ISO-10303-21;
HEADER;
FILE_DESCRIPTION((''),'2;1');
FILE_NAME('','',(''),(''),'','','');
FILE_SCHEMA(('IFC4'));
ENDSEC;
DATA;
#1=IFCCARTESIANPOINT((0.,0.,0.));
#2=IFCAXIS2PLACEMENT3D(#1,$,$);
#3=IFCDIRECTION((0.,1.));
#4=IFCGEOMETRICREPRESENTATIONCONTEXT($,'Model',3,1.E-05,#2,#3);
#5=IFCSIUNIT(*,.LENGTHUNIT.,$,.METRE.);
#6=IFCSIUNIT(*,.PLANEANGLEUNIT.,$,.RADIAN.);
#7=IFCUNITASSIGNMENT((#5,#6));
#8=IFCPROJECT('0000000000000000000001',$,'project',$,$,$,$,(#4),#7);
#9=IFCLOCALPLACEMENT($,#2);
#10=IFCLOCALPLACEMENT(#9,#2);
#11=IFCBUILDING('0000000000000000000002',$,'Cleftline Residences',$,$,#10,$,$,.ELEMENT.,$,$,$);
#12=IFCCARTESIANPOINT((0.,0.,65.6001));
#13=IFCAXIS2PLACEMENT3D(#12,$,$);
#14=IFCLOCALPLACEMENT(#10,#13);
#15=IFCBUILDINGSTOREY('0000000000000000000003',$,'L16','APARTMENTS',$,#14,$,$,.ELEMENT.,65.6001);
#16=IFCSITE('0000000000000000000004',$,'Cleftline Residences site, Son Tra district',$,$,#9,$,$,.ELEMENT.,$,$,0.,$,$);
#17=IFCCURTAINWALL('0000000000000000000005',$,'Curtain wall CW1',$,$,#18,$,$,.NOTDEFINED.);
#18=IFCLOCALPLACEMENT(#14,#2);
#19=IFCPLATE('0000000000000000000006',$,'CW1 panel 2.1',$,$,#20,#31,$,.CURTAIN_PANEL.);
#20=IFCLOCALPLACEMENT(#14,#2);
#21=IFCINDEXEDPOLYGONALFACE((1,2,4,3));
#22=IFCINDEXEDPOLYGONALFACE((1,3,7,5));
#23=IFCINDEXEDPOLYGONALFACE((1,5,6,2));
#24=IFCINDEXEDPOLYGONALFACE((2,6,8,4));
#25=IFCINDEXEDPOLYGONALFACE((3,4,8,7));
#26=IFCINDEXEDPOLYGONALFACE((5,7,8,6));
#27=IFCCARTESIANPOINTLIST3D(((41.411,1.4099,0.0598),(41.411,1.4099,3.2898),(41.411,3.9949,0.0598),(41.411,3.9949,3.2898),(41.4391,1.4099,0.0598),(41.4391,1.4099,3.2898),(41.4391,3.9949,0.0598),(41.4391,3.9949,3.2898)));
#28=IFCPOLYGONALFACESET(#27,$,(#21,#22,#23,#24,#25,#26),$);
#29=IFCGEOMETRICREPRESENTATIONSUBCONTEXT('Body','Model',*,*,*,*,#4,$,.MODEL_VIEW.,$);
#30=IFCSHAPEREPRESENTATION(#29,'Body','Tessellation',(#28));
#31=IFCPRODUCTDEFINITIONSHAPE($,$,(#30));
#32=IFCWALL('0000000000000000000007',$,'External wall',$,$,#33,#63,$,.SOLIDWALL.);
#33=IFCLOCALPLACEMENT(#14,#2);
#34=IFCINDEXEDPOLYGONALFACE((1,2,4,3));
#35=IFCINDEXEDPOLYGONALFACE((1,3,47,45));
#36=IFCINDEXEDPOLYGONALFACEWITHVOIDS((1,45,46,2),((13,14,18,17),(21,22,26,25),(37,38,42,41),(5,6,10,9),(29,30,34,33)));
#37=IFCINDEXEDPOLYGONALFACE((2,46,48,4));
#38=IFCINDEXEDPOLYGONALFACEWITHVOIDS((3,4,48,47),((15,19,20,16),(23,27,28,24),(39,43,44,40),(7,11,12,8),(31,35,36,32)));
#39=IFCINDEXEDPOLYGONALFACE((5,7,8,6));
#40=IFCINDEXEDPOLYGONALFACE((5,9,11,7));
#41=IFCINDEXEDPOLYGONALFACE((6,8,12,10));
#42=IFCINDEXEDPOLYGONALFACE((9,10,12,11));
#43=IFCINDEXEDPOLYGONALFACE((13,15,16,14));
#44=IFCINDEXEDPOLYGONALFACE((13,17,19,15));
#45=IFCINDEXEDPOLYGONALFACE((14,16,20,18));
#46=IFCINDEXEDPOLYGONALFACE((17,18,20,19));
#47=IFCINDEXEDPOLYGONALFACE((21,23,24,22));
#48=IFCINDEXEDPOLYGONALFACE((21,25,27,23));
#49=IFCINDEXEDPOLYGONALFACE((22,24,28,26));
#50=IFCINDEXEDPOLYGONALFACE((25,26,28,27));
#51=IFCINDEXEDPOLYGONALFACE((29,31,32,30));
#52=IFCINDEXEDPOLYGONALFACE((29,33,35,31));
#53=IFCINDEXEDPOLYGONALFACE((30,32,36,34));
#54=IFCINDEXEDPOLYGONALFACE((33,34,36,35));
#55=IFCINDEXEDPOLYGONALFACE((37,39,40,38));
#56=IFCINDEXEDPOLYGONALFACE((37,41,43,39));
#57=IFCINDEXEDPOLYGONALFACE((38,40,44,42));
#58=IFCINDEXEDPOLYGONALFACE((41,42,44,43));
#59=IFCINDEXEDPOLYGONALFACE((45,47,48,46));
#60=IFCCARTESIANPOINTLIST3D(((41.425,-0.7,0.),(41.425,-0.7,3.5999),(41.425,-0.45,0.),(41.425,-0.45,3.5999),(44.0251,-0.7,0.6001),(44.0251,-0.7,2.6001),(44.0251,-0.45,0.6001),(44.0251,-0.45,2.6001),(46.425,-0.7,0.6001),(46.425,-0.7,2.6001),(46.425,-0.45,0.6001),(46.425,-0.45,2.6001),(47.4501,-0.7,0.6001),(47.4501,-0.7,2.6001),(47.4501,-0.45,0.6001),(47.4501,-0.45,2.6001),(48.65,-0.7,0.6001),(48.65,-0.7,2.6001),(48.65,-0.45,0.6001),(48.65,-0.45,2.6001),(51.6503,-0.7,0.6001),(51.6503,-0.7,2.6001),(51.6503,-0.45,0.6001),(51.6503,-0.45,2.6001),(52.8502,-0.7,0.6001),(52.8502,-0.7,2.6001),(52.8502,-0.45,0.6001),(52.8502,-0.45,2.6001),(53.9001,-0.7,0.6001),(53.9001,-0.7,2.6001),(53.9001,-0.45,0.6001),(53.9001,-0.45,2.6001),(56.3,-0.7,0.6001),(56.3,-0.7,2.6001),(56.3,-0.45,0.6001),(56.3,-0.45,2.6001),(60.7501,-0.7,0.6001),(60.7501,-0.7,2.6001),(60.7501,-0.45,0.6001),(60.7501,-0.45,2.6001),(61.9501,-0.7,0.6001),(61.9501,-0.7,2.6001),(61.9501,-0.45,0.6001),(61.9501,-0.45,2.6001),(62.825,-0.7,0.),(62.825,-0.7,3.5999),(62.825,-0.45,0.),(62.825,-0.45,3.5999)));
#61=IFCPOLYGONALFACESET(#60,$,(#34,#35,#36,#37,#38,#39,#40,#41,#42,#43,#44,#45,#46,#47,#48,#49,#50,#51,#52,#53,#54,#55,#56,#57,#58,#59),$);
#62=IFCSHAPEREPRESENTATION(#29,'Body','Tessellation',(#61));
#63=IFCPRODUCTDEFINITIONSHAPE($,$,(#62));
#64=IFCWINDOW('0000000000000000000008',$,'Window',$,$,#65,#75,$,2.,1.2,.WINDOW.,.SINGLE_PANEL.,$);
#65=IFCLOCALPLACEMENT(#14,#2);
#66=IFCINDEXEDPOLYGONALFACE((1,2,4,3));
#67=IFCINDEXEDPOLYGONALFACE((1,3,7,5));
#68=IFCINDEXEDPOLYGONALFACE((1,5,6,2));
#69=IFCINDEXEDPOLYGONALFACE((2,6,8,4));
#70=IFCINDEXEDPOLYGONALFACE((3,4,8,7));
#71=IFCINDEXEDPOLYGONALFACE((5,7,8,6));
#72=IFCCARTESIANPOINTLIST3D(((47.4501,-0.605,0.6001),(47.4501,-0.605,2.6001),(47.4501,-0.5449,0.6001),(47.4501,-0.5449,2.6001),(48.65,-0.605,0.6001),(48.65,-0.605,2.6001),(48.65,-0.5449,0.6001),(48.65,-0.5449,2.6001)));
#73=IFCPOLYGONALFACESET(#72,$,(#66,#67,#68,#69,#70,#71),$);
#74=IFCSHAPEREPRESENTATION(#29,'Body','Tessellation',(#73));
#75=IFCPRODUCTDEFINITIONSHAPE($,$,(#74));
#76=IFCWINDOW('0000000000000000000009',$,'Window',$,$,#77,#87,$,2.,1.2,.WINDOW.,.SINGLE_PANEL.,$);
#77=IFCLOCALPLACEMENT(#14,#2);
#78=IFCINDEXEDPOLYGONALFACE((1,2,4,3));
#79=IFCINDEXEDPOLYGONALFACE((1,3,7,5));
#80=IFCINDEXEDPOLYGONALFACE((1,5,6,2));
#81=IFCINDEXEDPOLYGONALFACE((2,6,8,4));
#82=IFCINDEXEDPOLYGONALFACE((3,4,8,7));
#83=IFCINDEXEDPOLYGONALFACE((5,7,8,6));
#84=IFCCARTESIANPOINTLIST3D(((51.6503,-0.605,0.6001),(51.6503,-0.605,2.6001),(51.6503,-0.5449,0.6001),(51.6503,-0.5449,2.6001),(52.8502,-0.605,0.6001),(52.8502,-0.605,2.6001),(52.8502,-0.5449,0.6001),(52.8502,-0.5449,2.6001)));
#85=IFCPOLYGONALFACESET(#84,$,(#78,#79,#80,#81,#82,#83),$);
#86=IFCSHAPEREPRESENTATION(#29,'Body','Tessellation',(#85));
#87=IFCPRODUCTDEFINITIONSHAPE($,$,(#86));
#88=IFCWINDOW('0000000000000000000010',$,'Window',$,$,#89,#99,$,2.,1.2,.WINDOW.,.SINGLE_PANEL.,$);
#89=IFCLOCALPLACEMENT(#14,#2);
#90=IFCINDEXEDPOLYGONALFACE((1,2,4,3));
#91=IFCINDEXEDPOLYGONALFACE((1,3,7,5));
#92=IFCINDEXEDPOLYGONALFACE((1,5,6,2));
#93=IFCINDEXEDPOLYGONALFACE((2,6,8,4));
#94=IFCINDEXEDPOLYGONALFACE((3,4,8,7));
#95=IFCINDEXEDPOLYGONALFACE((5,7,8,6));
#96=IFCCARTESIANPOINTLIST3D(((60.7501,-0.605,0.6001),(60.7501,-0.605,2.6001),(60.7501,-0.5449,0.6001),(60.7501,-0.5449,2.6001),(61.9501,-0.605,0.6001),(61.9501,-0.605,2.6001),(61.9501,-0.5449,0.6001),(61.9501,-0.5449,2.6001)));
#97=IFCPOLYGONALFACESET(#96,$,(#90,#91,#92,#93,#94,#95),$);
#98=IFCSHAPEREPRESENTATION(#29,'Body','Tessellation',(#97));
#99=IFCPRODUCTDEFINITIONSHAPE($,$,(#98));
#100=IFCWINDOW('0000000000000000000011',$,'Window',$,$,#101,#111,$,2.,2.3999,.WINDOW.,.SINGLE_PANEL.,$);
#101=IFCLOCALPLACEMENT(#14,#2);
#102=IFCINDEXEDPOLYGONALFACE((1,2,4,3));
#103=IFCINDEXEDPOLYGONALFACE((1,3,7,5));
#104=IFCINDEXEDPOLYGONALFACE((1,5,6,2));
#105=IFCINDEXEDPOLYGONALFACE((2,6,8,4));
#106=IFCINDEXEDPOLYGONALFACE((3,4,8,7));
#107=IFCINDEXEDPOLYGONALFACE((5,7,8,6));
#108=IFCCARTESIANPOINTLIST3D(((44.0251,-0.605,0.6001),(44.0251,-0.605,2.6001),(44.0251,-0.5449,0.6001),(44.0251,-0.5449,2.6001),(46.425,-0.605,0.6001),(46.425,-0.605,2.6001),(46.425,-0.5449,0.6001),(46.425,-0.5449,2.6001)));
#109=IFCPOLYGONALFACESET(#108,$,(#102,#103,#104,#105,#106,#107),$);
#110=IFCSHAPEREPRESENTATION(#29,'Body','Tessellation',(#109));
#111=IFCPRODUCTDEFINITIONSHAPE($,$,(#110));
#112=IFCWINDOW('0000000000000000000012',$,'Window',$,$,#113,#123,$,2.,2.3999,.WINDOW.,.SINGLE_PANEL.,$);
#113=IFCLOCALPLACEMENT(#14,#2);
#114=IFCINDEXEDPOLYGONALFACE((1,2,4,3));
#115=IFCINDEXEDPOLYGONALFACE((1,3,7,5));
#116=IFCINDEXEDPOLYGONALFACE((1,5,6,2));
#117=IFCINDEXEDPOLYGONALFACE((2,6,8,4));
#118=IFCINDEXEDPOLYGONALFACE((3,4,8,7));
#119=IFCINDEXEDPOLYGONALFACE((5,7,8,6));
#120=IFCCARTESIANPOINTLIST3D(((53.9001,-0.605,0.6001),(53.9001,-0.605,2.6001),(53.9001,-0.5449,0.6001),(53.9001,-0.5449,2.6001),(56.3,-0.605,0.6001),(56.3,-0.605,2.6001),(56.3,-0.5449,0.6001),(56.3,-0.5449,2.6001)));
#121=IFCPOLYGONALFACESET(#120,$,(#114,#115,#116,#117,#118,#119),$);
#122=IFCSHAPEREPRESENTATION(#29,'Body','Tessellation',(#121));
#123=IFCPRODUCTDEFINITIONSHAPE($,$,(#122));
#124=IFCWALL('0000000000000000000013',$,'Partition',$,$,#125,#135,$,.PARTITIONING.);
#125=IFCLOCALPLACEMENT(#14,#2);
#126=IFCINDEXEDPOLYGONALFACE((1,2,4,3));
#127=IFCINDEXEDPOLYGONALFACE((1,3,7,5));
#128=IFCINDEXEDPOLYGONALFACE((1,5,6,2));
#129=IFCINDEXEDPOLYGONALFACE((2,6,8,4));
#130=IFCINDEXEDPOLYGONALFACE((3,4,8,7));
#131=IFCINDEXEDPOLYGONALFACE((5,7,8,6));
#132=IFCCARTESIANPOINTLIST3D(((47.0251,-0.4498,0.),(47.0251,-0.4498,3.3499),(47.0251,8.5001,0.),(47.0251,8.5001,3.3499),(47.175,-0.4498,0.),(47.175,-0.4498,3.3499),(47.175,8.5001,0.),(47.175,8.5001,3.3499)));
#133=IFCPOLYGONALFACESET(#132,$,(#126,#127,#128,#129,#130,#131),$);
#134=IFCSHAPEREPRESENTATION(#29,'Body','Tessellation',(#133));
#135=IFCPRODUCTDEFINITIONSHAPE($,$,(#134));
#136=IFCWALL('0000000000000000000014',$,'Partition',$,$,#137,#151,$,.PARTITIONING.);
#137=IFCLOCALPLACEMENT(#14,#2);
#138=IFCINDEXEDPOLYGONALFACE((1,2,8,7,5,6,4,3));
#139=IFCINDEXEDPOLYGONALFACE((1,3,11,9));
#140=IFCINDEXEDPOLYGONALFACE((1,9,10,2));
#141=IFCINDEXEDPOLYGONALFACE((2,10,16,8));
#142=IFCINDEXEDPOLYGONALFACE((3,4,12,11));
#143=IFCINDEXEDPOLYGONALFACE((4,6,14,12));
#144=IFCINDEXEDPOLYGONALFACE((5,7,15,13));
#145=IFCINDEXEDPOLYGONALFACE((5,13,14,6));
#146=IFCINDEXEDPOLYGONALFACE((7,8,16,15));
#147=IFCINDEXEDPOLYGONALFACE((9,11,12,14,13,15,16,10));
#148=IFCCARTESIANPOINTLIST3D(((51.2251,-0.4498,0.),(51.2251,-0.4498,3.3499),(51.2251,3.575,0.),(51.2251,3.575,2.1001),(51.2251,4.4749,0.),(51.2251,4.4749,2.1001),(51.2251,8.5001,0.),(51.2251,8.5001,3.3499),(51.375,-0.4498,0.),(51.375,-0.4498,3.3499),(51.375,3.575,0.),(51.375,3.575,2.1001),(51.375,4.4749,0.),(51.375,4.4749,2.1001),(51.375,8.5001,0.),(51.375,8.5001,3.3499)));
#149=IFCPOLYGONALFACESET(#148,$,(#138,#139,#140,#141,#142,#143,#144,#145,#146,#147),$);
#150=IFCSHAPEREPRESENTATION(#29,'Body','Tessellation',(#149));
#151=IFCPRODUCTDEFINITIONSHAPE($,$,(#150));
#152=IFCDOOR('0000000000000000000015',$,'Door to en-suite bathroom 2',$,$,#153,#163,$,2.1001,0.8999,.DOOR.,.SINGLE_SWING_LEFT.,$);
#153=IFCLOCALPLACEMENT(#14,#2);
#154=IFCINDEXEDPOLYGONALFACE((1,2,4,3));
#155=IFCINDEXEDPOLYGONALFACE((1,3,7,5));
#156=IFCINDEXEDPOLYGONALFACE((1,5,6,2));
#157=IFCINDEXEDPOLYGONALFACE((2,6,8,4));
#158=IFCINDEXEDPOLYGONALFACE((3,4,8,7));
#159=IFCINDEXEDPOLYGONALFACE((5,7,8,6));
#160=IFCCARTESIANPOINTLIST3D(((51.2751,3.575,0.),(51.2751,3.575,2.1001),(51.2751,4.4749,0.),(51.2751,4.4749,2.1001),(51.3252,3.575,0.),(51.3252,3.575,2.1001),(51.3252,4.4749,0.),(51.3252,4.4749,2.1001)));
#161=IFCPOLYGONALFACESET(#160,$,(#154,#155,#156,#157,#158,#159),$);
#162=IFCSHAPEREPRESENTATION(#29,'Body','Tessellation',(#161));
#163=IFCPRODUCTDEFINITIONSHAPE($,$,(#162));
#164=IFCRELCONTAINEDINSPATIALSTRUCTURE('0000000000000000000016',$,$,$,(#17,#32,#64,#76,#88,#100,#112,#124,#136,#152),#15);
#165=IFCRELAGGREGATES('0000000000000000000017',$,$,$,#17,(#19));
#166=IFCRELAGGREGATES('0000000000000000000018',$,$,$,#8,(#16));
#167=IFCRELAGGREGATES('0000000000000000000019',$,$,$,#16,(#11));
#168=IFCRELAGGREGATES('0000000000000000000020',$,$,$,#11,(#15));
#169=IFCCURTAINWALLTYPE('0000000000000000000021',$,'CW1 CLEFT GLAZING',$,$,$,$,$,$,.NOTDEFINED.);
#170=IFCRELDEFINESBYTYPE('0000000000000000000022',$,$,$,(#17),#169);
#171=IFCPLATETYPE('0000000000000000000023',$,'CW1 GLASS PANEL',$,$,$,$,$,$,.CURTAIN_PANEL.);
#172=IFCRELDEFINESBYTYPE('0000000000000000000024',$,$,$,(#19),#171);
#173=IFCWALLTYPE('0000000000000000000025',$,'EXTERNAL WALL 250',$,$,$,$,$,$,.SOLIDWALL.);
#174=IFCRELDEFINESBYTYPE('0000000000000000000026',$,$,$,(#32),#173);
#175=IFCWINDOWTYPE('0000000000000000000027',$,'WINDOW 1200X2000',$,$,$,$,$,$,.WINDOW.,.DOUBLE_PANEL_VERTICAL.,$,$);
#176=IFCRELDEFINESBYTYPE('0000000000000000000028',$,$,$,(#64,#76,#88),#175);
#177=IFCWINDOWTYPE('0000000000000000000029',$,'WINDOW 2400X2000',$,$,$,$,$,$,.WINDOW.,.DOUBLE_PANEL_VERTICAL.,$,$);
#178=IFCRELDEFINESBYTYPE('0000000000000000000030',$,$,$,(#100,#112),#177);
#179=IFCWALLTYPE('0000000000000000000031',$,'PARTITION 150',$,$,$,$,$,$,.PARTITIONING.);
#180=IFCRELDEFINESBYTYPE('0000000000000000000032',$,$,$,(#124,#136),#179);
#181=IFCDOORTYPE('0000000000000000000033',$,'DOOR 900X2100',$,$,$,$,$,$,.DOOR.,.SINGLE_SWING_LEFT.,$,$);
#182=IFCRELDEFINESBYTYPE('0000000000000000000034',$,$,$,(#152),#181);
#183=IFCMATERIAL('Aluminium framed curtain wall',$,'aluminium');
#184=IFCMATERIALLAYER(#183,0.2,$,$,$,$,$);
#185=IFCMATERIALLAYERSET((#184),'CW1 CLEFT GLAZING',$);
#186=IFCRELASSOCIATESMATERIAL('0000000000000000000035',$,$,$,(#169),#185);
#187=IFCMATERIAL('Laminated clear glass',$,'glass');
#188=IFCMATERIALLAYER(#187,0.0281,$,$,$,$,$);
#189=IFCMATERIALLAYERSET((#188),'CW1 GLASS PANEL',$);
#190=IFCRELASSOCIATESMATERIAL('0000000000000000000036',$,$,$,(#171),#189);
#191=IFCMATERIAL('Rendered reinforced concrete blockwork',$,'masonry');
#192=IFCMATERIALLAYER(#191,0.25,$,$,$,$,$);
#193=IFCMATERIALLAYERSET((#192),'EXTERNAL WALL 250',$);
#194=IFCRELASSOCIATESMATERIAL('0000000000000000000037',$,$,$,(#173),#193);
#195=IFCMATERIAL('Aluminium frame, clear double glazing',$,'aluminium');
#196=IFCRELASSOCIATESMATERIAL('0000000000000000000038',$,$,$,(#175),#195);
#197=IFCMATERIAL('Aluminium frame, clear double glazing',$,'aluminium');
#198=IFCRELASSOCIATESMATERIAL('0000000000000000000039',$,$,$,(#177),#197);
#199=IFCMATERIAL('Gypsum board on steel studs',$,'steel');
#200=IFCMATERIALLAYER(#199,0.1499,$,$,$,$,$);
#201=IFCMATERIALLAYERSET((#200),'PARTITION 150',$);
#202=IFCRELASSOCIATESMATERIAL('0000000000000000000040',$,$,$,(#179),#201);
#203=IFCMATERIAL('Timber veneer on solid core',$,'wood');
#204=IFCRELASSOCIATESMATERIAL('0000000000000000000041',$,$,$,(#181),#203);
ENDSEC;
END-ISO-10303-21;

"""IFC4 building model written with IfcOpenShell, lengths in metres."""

from ifc_helpers import new_model, si_unit, direction, frame, frame_2d, origin, origin_2d, place, context, subcontext, project, spatial, rectangle, extrude, material, layer, layer_set, type_object, element, fill, aggregate, save


model = new_model("IFC4")

# Units and contexts
model_context = context("Model", 3, precision=1e-05, world=origin(), true_north=direction((0.0, 1.0)))
body_context = subcontext(model_context, "Body", "Model", "MODEL_VIEW")
ifc_project = project(units=[si_unit("LENGTHUNIT", "METRE"), si_unit("PLANEANGLEUNIT", "RADIAN")], contexts=[model_context])

# Site, building, storey
site_placement = place(None, origin())
site = spatial("IfcSite", under=ifc_project, at=site_placement, Name="Cleftline Residences site, Son Tra district", CompositionType="ELEMENT", RefElevation=0.0)
building_placement = place(site_placement, origin())
building = spatial("IfcBuilding", under=site, at=building_placement, Name="Cleftline Residences", CompositionType="ELEMENT")
storey_placement = place(building_placement, frame((0.0, 0.0, 65.6001)))
storey = spatial("IfcBuildingStorey", under=building, at=storey_placement, Name="L16", Description="APARTMENTS", CompositionType="ELEMENT", Elevation=65.6001)

# Curtain wall, plate
ifc_material_1 = material(Name="Aluminium framed curtain wall", Category="aluminium")
ifc_layer_1 = layer(ifc_material_1, 0.2)
ifc_layer_set_1 = layer_set([ifc_layer_1], Name="CW1 CLEFT GLAZING")
curtain_wall_type = type_object("IfcCurtainWallType", Name="CW1 CLEFT GLAZING", PredefinedType="NOTDEFINED", material=ifc_layer_set_1)
curtain_wall_placement = place(storey_placement, origin())
curtain_wall = element("IfcCurtainWall", 1, at=curtain_wall_placement, inside=storey, type_object=curtain_wall_type, Name="Curtain wall CW1", PredefinedType="NOTDEFINED")
ifc_material_2 = material(Name="Laminated clear glass", Category="glass")
ifc_layer_2 = layer(ifc_material_2, 0.0281)
ifc_layer_set_2 = layer_set([ifc_layer_2], Name="CW1 GLASS PANEL")
plate_type = type_object("IfcPlateType", Name="CW1 GLASS PANEL", PredefinedType="CURTAIN_PANEL", material=ifc_layer_set_2)
plate_1_placement = place(storey_placement, frame((41.425, 2.7024, 0.0598), z_axis=(0.0, 0.0, 1.0), x_axis=(0.0, -1.0, 0.0)))
plate_1 = element("IfcPlate", 2, at=plate_1_placement, type_object=plate_type, Name="CW1 panel 2.1", PredefinedType="CURTAIN_PANEL", context=body_context, shape_type="SweptSolid", body=[
    extrude(rectangle(XDim=2.585, YDim=0.0281, at=origin_2d()), origin(), (0.0, 0.0, 1.0), 3.23),
])
aggregate(curtain_wall, [plate_1])

# Wall, openings, windows
ifc_material_3 = material(Name="Rendered reinforced concrete blockwork", Category="masonry")
ifc_layer_3 = layer(ifc_material_3, 0.25)
ifc_layer_set_3 = layer_set([ifc_layer_3], Name="EXTERNAL WALL 250")
wall_type_1 = type_object("IfcWallType", Name="EXTERNAL WALL 250", PredefinedType="SOLIDWALL", material=ifc_layer_set_3)
wall_1_placement = place(storey_placement, frame((41.425, -0.575, 0.0), z_axis=(0.0, 0.0, 1.0), x_axis=(1.0, 0.0, 0.0)))
wall_1 = element("IfcWall", 3, at=wall_1_placement, inside=storey, type_object=wall_type_1, Name="External wall", PredefinedType="SOLIDWALL", context=body_context, shape_type="SweptSolid", body=[
    extrude(rectangle(XDim=21.3999, YDim=0.25, at=frame_2d((10.7, 0.0))), origin(), (0.0, 0.0, 1.0), 3.5999),
])
opening_1_placement = place(wall_1_placement, frame((2.6001, 0.0, 0.6001)))
opening_1 = element("IfcOpeningElement", 4, at=opening_1_placement, cuts=wall_1, PredefinedType="OPENING", context=body_context, shape_type="SweptSolid", body=[
    extrude(rectangle(XDim=2.3999, YDim=2.0, at=frame_2d((1.2, 1.0))), frame((0.0, 0.135, 0.0), z_axis=(0.0, -1.0, 0.0), x_axis=(1.0, 0.0, 0.0)), (0.0, 0.0, 1.0), 0.27),
])
opening_2_placement = place(wall_1_placement, frame((6.0249, 0.0, 0.6001)))
opening_2 = element("IfcOpeningElement", 5, at=opening_2_placement, cuts=wall_1, PredefinedType="OPENING", context=body_context, shape_type="SweptSolid", body=[
    extrude(rectangle(XDim=1.2, YDim=2.0, at=frame_2d((0.6001, 1.0))), frame((0.0, 0.135, 0.0), z_axis=(0.0, -1.0, 0.0), x_axis=(1.0, 0.0, 0.0)), (0.0, 0.0, 1.0), 0.27),
])
opening_3_placement = place(wall_1_placement, frame((10.2251, 0.0, 0.6001)))
opening_3 = element("IfcOpeningElement", 6, at=opening_3_placement, cuts=wall_1, PredefinedType="OPENING", context=body_context, shape_type="SweptSolid", body=[
    extrude(rectangle(XDim=1.2, YDim=2.0, at=frame_2d((0.6001, 1.0))), frame((0.0, 0.135, 0.0), z_axis=(0.0, -1.0, 0.0), x_axis=(1.0, 0.0, 0.0)), (0.0, 0.0, 1.0), 0.27),
])
opening_4_placement = place(wall_1_placement, frame((12.4751, 0.0, 0.6001)))
opening_4 = element("IfcOpeningElement", 7, at=opening_4_placement, cuts=wall_1, PredefinedType="OPENING", context=body_context, shape_type="SweptSolid", body=[
    extrude(rectangle(XDim=2.3999, YDim=2.0, at=frame_2d((1.2, 1.0))), frame((0.0, 0.135, 0.0), z_axis=(0.0, -1.0, 0.0), x_axis=(1.0, 0.0, 0.0)), (0.0, 0.0, 1.0), 0.27),
])
opening_5_placement = place(wall_1_placement, frame((19.325, 0.0, 0.6001)))
opening_5 = element("IfcOpeningElement", 8, at=opening_5_placement, cuts=wall_1, PredefinedType="OPENING", context=body_context, shape_type="SweptSolid", body=[
    extrude(rectangle(XDim=1.2, YDim=2.0, at=frame_2d((0.6001, 1.0))), frame((0.0, 0.135, 0.0), z_axis=(0.0, -1.0, 0.0), x_axis=(1.0, 0.0, 0.0)), (0.0, 0.0, 1.0), 0.27),
])
ifc_material_4 = material(Name="Aluminium frame, clear double glazing", Category="aluminium")
window_type_1 = type_object("IfcWindowType", Name="WINDOW 1200X2000", PartitioningType="DOUBLE_PANEL_VERTICAL", PredefinedType="WINDOW", material=ifc_material_4)
window_1_placement = place(opening_2_placement, origin())
window_1 = element("IfcWindow", 9, at=window_1_placement, inside=storey, type_object=window_type_1, Name="Window", OverallHeight=2.0, OverallWidth=1.2, PartitioningType="SINGLE_PANEL", PredefinedType="WINDOW", context=body_context, shape_type="SweptSolid", body=[
    extrude(rectangle(XDim=1.2, YDim=2.0, at=frame_2d((0.6001, 1.0))), frame((0.0, 0.03, 0.0), z_axis=(0.0, -1.0, 0.0), x_axis=(1.0, 0.0, 0.0)), (0.0, 0.0, 1.0), 0.0601),
])
fill(opening_2, window_1)
window_2_placement = place(opening_3_placement, origin())
window_2 = element("IfcWindow", 10, at=window_2_placement, inside=storey, type_object=window_type_1, Name="Window", OverallHeight=2.0, OverallWidth=1.2, PartitioningType="SINGLE_PANEL", PredefinedType="WINDOW", context=body_context, shape_type="SweptSolid", body=[
    extrude(rectangle(XDim=1.2, YDim=2.0, at=frame_2d((0.6001, 1.0))), frame((0.0, 0.03, 0.0), z_axis=(0.0, -1.0, 0.0), x_axis=(1.0, 0.0, 0.0)), (0.0, 0.0, 1.0), 0.0601),
])
fill(opening_3, window_2)
window_3_placement = place(opening_5_placement, origin())
window_3 = element("IfcWindow", 11, at=window_3_placement, inside=storey, type_object=window_type_1, Name="Window", OverallHeight=2.0, OverallWidth=1.2, PartitioningType="SINGLE_PANEL", PredefinedType="WINDOW", context=body_context, shape_type="SweptSolid", body=[
    extrude(rectangle(XDim=1.2, YDim=2.0, at=frame_2d((0.6001, 1.0))), frame((0.0, 0.03, 0.0), z_axis=(0.0, -1.0, 0.0), x_axis=(1.0, 0.0, 0.0)), (0.0, 0.0, 1.0), 0.0601),
])
fill(opening_5, window_3)
ifc_material_5 = material(Name="Aluminium frame, clear double glazing", Category="aluminium")
window_type_2 = type_object("IfcWindowType", Name="WINDOW 2400X2000", PartitioningType="DOUBLE_PANEL_VERTICAL", PredefinedType="WINDOW", material=ifc_material_5)
window_4_placement = place(opening_1_placement, origin())
window_4 = element("IfcWindow", 12, at=window_4_placement, inside=storey, type_object=window_type_2, Name="Window", OverallHeight=2.0, OverallWidth=2.3999, PartitioningType="SINGLE_PANEL", PredefinedType="WINDOW", context=body_context, shape_type="SweptSolid", body=[
    extrude(rectangle(XDim=2.3999, YDim=2.0, at=frame_2d((1.2, 1.0))), frame((0.0, 0.03, 0.0), z_axis=(0.0, -1.0, 0.0), x_axis=(1.0, 0.0, 0.0)), (0.0, 0.0, 1.0), 0.0601),
])
fill(opening_1, window_4)
window_5_placement = place(opening_4_placement, origin())
window_5 = element("IfcWindow", 13, at=window_5_placement, inside=storey, type_object=window_type_2, Name="Window", OverallHeight=2.0, OverallWidth=2.3999, PartitioningType="SINGLE_PANEL", PredefinedType="WINDOW", context=body_context, shape_type="SweptSolid", body=[
    extrude(rectangle(XDim=2.3999, YDim=2.0, at=frame_2d((1.2, 1.0))), frame((0.0, 0.03, 0.0), z_axis=(0.0, -1.0, 0.0), x_axis=(1.0, 0.0, 0.0)), (0.0, 0.0, 1.0), 0.0601),
])
fill(opening_4, window_5)

# Wall
ifc_material_6 = material(Name="Gypsum board on steel studs", Category="steel")
ifc_layer_4 = layer(ifc_material_6, 0.1499)
ifc_layer_set_4 = layer_set([ifc_layer_4], Name="PARTITION 150")
wall_type_2 = type_object("IfcWallType", Name="PARTITION 150", PredefinedType="PARTITIONING", material=ifc_layer_set_4)
wall_2_placement = place(storey_placement, frame((47.1001, -0.45, 0.0), z_axis=(0.0, 0.0, 1.0), x_axis=(0.0, 1.0, 0.0)))
element("IfcWall", 14, at=wall_2_placement, inside=storey, type_object=wall_type_2, Name="Partition", PredefinedType="PARTITIONING", context=body_context, shape_type="SweptSolid", body=[
    extrude(rectangle(XDim=8.95, YDim=0.1499, at=frame_2d((4.4751, 0.0))), origin(), (0.0, 0.0, 1.0), 3.3499),
])

# Wall, opening, door
wall_3_placement = place(storey_placement, frame((51.3, -0.45, 0.0), z_axis=(0.0, 0.0, 1.0), x_axis=(0.0, 1.0, 0.0)))
wall_3 = element("IfcWall", 15, at=wall_3_placement, inside=storey, type_object=wall_type_2, Name="Partition", PredefinedType="PARTITIONING", context=body_context, shape_type="SweptSolid", body=[
    extrude(rectangle(XDim=8.95, YDim=0.1499, at=frame_2d((4.4751, 0.0))), origin(), (0.0, 0.0, 1.0), 3.3499),
])
opening_6_placement = place(wall_3_placement, frame((4.0249, 0.0, 0.0)))
opening_6 = element("IfcOpeningElement", 16, at=opening_6_placement, cuts=wall_3, PredefinedType="OPENING", context=body_context, shape_type="SweptSolid", body=[
    extrude(rectangle(XDim=0.8999, YDim=2.1001, at=frame_2d((0.45, 1.05))), frame((0.0, 0.085, 0.0), z_axis=(0.0, -1.0, 0.0), x_axis=(1.0, 0.0, 0.0)), (0.0, 0.0, 1.0), 0.1699),
])
ifc_material_7 = material(Name="Timber veneer on solid core", Category="wood")
door_type = type_object("IfcDoorType", Name="DOOR 900X2100", OperationType="SINGLE_SWING_LEFT", PredefinedType="DOOR", material=ifc_material_7)
door_placement = place(opening_6_placement, origin())
door = element("IfcDoor", 17, at=door_placement, inside=storey, type_object=door_type, Name="Door to en-suite bathroom 2", OperationType="SINGLE_SWING_LEFT", OverallHeight=2.1001, OverallWidth=0.8999, PredefinedType="DOOR", context=body_context, shape_type="SweptSolid", body=[
    extrude(rectangle(XDim=0.8999, YDim=2.1001, at=frame_2d((0.45, 1.05))), frame((0.0, 0.0249, 0.0), z_axis=(0.0, -1.0, 0.0), x_axis=(1.0, 0.0, 0.0)), (0.0, 0.0, 1.0), 0.05),
])
fill(opening_6, door)

save(model, "model.ifc")
